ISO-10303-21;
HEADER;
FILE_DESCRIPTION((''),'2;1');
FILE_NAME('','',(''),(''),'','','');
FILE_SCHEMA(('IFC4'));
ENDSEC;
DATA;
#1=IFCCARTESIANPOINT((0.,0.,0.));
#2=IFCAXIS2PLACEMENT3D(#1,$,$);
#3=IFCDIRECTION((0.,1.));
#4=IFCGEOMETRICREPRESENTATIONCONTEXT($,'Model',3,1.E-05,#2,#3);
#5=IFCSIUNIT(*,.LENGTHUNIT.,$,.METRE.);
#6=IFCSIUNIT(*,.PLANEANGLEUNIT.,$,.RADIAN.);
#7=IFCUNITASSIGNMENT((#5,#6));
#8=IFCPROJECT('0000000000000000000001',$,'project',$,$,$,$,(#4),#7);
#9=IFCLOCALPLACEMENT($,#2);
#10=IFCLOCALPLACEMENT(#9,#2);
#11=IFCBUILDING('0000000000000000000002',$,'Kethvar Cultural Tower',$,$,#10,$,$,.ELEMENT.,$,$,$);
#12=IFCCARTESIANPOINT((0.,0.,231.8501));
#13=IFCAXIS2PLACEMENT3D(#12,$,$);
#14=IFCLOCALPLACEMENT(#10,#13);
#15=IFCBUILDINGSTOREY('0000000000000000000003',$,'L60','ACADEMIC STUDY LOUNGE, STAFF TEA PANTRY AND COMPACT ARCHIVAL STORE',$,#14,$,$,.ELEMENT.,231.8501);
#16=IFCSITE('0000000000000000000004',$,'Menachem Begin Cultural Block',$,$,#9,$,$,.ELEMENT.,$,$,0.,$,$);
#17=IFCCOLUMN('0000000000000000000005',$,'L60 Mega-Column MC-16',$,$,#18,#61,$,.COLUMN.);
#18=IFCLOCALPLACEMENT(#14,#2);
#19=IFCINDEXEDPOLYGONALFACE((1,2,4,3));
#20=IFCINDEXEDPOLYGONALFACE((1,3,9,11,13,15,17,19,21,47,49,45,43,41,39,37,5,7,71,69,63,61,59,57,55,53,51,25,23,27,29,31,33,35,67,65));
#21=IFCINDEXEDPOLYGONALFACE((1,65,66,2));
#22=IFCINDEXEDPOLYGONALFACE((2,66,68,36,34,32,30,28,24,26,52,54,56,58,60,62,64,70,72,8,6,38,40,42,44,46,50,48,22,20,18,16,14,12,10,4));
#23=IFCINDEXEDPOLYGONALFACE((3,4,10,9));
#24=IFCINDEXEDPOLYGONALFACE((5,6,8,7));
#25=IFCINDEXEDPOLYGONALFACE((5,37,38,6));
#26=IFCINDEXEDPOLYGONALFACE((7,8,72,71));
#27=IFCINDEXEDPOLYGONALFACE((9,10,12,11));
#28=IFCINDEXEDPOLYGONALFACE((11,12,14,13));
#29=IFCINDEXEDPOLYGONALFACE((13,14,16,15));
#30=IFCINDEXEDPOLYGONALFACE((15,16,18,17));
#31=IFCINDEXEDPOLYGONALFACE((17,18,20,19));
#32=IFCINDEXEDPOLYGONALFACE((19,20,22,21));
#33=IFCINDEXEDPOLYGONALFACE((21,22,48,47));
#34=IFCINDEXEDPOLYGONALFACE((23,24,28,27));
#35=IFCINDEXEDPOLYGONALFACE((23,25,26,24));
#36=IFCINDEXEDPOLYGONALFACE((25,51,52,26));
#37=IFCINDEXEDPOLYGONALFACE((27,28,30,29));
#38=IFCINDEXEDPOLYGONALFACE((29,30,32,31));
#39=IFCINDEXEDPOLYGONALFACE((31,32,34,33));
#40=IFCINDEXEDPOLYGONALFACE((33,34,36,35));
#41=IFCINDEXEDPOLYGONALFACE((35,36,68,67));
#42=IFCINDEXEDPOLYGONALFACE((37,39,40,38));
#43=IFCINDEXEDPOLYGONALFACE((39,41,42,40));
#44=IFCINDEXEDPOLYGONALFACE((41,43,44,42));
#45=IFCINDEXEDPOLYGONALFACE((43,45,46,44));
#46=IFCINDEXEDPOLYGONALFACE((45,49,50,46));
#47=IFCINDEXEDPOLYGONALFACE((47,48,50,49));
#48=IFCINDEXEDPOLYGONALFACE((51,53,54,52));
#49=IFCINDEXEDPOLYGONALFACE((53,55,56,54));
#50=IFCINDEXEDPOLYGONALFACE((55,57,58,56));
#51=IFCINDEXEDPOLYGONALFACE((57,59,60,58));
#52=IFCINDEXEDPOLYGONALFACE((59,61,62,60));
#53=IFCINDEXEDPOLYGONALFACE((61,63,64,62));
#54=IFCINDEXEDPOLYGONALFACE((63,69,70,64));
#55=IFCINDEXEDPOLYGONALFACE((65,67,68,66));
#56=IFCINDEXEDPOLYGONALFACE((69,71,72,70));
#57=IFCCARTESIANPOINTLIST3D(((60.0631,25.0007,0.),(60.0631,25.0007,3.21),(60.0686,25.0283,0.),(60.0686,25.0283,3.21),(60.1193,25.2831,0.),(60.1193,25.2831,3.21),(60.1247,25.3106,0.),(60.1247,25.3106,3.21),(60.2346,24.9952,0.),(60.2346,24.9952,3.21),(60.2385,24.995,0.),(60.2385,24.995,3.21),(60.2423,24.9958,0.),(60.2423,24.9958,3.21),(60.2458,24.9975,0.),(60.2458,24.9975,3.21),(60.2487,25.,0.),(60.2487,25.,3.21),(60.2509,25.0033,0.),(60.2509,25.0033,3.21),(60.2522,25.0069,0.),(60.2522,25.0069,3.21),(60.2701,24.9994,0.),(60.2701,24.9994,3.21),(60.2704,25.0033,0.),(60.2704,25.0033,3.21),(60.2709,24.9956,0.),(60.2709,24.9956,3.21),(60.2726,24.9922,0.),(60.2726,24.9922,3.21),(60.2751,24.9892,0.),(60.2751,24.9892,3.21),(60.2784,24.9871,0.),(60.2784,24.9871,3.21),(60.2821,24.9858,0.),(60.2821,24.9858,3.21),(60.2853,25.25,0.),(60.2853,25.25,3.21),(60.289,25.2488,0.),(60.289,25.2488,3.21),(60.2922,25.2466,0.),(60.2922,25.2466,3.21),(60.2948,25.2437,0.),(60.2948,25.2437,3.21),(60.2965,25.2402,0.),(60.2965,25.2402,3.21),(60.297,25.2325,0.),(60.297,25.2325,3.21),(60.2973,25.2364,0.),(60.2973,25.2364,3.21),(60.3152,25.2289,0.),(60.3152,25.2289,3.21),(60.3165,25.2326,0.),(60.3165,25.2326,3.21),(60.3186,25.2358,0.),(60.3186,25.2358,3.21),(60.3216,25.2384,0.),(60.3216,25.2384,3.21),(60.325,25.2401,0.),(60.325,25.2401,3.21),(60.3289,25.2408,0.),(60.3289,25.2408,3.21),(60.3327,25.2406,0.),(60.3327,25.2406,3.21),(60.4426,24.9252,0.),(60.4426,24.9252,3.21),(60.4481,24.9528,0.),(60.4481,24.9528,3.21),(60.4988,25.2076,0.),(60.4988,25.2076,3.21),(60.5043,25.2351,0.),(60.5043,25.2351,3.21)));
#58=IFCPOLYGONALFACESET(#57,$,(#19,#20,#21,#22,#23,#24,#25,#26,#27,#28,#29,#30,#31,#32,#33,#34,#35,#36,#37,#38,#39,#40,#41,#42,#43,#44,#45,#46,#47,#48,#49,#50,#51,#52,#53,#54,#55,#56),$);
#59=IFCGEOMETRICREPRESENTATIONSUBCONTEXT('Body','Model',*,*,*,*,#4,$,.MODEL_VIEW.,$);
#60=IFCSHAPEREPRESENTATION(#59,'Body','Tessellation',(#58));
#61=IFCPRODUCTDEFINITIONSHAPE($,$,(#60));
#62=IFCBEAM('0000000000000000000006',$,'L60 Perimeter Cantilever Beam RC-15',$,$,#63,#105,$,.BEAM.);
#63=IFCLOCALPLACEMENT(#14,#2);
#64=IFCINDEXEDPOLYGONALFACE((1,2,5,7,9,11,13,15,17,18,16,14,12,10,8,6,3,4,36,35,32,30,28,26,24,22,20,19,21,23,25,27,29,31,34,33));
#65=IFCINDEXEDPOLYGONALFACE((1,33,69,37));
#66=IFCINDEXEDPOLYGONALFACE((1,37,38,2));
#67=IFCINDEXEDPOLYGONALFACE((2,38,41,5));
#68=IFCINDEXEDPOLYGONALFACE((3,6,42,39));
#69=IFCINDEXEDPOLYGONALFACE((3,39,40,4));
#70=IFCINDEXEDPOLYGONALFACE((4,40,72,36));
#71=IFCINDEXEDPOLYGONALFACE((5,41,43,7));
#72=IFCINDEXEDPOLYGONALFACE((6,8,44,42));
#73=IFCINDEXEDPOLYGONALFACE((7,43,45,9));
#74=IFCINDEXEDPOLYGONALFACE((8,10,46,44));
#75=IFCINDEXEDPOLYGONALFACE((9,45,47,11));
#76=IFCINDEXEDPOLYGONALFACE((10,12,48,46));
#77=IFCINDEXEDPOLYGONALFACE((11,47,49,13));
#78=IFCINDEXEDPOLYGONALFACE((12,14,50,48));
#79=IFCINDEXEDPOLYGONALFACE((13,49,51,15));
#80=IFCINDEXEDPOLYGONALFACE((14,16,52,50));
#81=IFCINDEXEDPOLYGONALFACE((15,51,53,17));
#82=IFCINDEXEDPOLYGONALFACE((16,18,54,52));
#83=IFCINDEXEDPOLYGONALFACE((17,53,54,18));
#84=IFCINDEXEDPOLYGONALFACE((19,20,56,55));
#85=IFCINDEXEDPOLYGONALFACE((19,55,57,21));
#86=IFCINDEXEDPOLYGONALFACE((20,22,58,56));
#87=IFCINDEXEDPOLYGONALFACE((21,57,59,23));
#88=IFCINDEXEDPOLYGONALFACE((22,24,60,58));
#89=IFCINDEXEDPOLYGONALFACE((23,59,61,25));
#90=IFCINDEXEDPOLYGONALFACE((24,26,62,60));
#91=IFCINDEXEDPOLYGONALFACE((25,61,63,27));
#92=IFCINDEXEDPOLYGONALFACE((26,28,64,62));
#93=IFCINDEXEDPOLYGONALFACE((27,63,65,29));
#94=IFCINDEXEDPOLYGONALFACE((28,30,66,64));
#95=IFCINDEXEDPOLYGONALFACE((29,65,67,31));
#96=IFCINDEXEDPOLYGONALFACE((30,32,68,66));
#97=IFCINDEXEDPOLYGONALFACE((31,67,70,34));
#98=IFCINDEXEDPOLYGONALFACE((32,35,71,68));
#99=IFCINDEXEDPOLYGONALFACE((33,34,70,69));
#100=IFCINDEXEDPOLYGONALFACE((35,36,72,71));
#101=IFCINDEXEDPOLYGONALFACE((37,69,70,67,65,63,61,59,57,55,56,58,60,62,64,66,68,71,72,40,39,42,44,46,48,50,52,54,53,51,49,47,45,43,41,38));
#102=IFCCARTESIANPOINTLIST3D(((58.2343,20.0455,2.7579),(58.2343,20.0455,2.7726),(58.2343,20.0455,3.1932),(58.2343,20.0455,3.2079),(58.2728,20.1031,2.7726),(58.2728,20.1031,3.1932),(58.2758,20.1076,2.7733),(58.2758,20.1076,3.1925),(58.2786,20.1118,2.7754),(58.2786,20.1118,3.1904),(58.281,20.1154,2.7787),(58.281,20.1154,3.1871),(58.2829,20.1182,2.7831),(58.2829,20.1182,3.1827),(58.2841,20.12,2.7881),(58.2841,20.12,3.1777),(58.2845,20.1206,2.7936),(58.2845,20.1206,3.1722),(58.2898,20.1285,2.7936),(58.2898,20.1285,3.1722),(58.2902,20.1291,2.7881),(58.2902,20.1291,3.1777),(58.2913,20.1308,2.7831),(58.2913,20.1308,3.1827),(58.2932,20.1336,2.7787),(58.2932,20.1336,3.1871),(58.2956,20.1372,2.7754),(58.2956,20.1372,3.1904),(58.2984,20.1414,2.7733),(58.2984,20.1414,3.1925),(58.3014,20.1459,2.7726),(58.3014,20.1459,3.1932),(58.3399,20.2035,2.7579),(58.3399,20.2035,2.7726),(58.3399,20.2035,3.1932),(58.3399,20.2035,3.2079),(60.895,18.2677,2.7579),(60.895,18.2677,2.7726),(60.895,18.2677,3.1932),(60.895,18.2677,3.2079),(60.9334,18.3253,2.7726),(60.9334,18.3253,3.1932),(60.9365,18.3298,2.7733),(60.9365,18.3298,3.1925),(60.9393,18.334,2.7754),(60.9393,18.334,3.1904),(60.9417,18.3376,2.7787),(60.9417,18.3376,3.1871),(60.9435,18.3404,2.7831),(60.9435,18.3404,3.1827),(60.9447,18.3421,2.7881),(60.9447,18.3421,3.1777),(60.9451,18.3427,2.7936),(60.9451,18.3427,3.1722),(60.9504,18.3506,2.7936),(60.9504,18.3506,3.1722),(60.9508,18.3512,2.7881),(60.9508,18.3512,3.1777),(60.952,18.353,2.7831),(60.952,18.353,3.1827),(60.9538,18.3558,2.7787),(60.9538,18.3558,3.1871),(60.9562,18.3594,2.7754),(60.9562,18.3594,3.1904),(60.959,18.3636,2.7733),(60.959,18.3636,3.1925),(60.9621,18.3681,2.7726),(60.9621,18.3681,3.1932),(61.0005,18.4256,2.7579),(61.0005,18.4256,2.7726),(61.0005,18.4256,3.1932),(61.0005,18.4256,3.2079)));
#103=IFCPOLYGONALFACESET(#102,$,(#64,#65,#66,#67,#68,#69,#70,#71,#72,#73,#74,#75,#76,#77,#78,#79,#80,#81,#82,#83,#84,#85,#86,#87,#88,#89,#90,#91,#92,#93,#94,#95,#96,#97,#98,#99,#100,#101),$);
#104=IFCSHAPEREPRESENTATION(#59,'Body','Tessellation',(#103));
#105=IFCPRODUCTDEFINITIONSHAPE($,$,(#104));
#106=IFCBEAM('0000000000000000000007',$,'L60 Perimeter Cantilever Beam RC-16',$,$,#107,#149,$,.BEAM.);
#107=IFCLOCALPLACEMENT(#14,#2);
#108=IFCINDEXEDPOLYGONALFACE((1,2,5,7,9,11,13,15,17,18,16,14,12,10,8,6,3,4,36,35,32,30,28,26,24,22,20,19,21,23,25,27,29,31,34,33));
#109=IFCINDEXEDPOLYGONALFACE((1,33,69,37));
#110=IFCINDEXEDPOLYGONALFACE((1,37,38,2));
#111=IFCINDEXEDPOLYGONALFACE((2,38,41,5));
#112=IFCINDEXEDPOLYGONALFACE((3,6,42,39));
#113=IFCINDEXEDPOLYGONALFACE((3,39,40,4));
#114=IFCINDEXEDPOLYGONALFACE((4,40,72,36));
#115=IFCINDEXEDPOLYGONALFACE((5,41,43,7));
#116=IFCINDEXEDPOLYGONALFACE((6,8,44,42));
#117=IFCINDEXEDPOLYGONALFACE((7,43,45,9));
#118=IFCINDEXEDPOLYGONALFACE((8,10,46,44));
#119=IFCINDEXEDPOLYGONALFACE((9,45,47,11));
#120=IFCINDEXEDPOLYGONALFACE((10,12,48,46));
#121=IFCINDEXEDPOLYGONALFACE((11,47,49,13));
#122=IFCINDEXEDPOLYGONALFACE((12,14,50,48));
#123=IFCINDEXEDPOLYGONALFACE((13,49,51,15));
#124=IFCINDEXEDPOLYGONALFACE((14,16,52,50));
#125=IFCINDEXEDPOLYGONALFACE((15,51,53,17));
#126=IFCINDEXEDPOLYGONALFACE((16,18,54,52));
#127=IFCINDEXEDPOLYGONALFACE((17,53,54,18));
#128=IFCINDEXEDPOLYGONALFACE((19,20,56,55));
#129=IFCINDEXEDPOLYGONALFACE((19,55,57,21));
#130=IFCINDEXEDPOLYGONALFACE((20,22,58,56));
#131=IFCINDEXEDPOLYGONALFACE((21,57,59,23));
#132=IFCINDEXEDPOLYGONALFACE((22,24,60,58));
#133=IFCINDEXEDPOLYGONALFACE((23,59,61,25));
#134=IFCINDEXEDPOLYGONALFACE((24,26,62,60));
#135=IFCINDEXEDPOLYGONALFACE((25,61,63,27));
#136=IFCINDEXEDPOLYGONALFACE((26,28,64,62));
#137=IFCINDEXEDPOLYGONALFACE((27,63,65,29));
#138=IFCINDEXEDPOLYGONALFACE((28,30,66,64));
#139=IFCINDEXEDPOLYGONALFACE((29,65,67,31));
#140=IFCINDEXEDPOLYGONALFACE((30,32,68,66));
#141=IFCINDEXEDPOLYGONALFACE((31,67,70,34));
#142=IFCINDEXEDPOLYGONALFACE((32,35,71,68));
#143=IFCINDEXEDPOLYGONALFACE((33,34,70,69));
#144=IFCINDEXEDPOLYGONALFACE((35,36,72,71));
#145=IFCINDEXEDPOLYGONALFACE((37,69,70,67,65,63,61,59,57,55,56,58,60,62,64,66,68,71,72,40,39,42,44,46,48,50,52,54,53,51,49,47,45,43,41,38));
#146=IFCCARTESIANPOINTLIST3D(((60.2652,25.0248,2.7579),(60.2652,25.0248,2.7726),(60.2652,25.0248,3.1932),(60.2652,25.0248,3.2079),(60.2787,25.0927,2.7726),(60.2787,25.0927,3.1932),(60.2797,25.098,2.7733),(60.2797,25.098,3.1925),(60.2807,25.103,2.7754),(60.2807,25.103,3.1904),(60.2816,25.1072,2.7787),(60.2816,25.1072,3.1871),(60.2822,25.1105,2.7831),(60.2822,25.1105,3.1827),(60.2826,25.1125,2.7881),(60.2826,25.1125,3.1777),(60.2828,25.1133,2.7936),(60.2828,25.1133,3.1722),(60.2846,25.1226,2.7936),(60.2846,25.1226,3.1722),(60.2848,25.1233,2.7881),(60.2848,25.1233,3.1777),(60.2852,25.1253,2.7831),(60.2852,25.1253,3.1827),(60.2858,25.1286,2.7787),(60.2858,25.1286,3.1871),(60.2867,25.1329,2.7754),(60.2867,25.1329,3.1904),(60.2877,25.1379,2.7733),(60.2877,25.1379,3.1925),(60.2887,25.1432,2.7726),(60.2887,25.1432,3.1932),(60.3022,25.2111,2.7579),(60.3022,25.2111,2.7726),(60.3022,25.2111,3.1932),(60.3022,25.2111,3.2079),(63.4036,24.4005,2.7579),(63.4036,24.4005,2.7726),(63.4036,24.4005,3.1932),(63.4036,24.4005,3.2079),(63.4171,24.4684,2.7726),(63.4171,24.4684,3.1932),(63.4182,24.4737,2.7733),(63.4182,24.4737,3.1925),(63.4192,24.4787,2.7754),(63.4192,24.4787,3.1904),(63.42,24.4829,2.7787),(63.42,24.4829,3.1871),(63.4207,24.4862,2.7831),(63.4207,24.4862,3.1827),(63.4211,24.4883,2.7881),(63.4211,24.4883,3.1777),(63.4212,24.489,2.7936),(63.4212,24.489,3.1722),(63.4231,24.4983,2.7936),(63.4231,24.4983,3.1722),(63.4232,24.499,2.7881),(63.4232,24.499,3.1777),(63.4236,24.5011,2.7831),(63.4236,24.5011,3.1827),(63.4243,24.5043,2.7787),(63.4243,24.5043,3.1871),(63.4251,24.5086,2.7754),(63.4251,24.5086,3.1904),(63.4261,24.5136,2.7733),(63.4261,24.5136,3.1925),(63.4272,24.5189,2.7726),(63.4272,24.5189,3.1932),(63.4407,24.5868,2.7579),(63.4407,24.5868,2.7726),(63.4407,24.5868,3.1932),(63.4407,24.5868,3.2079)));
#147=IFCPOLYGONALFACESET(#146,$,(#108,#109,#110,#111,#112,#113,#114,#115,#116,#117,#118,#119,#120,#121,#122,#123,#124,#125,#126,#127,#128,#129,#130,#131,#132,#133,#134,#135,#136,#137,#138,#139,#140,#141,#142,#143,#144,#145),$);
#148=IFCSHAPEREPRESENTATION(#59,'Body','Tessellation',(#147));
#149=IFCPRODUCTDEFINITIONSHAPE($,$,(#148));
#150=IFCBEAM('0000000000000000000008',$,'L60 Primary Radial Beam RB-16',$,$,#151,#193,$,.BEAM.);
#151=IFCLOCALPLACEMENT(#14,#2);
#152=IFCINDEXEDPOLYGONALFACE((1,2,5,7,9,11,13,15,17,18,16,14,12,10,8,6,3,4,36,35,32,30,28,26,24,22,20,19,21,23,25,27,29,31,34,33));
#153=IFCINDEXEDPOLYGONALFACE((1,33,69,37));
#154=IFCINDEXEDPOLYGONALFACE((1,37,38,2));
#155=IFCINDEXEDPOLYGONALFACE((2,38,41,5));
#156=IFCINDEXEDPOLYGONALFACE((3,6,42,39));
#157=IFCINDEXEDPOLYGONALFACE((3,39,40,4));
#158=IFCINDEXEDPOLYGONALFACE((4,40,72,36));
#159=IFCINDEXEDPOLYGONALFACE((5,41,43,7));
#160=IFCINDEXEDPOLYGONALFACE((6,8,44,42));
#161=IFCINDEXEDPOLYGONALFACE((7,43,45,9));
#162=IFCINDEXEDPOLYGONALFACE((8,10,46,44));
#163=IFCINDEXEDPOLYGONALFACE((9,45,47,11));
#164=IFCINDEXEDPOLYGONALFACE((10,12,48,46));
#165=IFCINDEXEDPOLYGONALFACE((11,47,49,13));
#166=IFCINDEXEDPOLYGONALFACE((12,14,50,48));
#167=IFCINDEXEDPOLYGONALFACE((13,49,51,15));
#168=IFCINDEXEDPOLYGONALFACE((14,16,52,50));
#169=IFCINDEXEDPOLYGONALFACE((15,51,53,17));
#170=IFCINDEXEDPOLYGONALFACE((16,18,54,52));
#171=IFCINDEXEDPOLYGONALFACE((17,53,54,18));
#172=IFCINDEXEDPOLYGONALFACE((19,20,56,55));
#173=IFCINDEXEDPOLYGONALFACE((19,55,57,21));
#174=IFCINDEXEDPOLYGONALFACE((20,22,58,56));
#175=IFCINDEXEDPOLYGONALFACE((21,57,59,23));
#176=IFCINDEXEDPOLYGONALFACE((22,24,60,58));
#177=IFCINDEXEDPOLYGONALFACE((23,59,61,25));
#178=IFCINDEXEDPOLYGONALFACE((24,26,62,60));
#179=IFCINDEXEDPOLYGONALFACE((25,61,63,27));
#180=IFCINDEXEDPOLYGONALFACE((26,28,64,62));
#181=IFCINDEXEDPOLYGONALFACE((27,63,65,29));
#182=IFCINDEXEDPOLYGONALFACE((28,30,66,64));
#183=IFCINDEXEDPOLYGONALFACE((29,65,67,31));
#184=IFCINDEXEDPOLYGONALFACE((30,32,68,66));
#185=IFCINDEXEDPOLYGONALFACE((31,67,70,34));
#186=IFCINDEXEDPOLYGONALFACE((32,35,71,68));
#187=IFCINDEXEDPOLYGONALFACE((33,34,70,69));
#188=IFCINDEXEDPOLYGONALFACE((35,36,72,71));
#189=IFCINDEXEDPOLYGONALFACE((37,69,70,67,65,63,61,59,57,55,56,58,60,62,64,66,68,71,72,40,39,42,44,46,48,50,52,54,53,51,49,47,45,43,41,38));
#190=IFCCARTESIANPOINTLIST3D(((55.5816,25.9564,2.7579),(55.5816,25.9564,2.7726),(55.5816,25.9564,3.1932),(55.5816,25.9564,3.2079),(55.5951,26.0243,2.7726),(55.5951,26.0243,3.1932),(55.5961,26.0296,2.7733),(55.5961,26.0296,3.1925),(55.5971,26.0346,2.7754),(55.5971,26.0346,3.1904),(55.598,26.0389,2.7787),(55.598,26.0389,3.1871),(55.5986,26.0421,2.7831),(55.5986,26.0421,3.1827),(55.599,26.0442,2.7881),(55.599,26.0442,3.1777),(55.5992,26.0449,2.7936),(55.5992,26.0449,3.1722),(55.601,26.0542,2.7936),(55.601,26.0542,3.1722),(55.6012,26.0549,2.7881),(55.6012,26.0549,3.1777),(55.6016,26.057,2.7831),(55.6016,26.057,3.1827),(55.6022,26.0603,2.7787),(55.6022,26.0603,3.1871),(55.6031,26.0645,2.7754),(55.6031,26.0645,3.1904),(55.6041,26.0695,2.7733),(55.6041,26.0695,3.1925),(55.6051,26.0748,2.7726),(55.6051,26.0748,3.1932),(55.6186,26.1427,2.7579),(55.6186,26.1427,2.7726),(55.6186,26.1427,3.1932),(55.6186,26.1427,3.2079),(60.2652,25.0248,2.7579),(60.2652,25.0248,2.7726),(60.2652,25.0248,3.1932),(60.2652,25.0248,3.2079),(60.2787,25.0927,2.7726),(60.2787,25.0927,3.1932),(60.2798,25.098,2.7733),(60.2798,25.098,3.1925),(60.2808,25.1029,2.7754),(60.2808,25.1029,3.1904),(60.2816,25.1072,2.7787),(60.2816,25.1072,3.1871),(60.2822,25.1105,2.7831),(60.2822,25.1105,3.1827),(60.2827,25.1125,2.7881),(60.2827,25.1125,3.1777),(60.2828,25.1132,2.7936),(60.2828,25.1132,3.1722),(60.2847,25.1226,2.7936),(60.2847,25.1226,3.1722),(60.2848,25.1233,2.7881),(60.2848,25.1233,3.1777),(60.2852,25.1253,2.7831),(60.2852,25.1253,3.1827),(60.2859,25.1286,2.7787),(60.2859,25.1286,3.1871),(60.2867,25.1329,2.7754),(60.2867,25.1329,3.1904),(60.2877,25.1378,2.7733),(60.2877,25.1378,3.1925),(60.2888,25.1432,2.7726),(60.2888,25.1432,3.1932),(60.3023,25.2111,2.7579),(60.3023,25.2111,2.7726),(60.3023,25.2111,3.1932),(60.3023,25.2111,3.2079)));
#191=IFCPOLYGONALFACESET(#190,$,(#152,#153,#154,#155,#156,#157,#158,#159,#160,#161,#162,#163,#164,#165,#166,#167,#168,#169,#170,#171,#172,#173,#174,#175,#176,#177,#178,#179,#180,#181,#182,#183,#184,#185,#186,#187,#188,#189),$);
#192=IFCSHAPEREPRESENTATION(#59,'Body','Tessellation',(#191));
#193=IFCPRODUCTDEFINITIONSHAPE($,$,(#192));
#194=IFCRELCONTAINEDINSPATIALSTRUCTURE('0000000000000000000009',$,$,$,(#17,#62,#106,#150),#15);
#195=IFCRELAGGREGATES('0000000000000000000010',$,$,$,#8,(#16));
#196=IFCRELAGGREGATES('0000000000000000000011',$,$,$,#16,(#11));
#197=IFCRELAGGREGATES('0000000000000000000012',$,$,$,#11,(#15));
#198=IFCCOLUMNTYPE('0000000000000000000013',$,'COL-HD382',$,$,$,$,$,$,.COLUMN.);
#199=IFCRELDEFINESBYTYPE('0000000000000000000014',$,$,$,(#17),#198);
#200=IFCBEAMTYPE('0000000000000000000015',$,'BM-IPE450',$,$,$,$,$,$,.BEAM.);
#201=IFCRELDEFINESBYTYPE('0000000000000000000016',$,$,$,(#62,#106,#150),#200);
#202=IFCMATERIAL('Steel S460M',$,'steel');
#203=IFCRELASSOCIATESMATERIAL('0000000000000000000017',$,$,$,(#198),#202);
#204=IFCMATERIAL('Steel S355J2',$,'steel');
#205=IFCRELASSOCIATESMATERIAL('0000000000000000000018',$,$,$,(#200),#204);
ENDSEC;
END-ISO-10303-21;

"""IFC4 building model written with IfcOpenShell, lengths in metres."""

from ifc_helpers import new_model, si_unit, direction, frame, origin, origin_2d, place, context, subcontext, project, spatial, i_section, extrude, source, transform, mapped, material, material_profile, profile_set, type_object, element, save


model = new_model("IFC4")

# Units and contexts
model_context = context("Model", 3, precision=1e-05, world=origin(), true_north=direction((0.0, 1.0)))
body_context = subcontext(model_context, "Body", "Model", "MODEL_VIEW")
ifc_project = project(units=[si_unit("LENGTHUNIT", "METRE"), si_unit("PLANEANGLEUNIT", "RADIAN")], contexts=[model_context])

# Site, building, storey
site_placement = place(None, origin())
site = spatial("IfcSite", under=ifc_project, at=site_placement, Name="Menachem Begin Cultural Block", CompositionType="ELEMENT", RefElevation=0.0)
building_placement = place(site_placement, origin())
building = spatial("IfcBuilding", under=site, at=building_placement, Name="Kethvar Cultural Tower", CompositionType="ELEMENT")
storey_placement = place(building_placement, frame((0.0, 0.0, 231.8501)))
storey = spatial("IfcBuildingStorey", under=building, at=storey_placement, Name="L60", Description="ACADEMIC STUDY LOUNGE, STAFF TEA PANTRY AND COMPACT ARCHIVAL STORE", CompositionType="ELEMENT", Elevation=231.8501)

# Column
ifc_material_1 = material(Name="Steel S460M", Category="steel")
ifc_material_profile_1 = material_profile(ifc_material_1, i_section(OverallWidth=0.387, OverallDepth=0.3159, WebThickness=0.0186, FlangeThickness=0.0281, FilletRadius=0.0149, at=origin_2d()), Name="Steel S460M — HD400x382")
ifc_profile_set_1 = profile_set([ifc_material_profile_1], Name="Steel S460M — HD400x382")
column_type = type_object("IfcColumnType", Name="COL-HD382", PredefinedType="COLUMN", material=ifc_profile_set_1)
shared_shape_1 = source(origin(), body_context, "Body", "SweptSolid", [
    extrude(i_section(OverallWidth=0.387, OverallDepth=0.3159, WebThickness=0.0186, FlangeThickness=0.0281, FilletRadius=0.0149, at=origin_2d()), origin(), (0.0, 0.0, 1.0), 3.21),
])
column_placement = place(storey_placement, frame((60.2837, 25.1179, 0.0), z_axis=(0.0, 0.0, 1.0), x_axis=(0.980785, -0.19509, 0.0)))
element("IfcColumn", 1, at=column_placement, inside=storey, type_object=column_type, Name="L60 Mega-Column MC-16", PredefinedType="COLUMN", context=body_context, shape_type="MappedRepresentation", body=[
    mapped(shared_shape_1, transform((0.0, 0.0, 0.0), scale=1.0)),
])

# Beams
ifc_material_2 = material(Name="Steel S355J2", Category="steel")
ifc_material_profile_2 = material_profile(ifc_material_2, i_section(OverallWidth=0.1899, OverallDepth=0.45, WebThickness=0.0095, FlangeThickness=0.0146, FilletRadius=0.021, at=origin_2d()), Name="Steel S355J2 — IPE450")
ifc_profile_set_2 = profile_set([ifc_material_profile_2], Name="Steel S355J2 — IPE450")
beam_type_1 = type_object("IfcBeamType", Name="BM-IPE450", PredefinedType="BEAM", material=ifc_profile_set_2)
shared_shape_2 = source(origin(), body_context, "Body", "SweptSolid", [
    extrude(i_section(OverallWidth=0.1899, OverallDepth=0.45, WebThickness=0.0095, FlangeThickness=0.0146, FilletRadius=0.021, at=origin_2d()), origin(), (0.0, 0.0, 1.0), 3.2),
])
for number, where, z_axis, x_axis, name in (
    (2, (58.2871, 20.1245, 2.9829), (0.831463, -0.55558, 0.0), (0.55558, 0.831463, 0.0), "L60 Perimeter Cantilever Beam RC-15"),
    (3, (60.2837, 25.1179, 2.9829), (0.980786, -0.195089, 0.0), (0.195089, 0.980786, 0.0), "L60 Perimeter Cantilever Beam RC-16"),
):
    element("IfcBeam", number, at=place(storey_placement, frame(where, z_axis=z_axis, x_axis=x_axis)), inside=storey, type_object=beam_type_1, Name=name, PredefinedType="BEAM", context=body_context, shape_type="MappedRepresentation", body=[
        mapped(shared_shape_2, transform((0.0, 0.0, 0.0), scale=1.0)),
    ])
shared_shape_3 = source(origin(), body_context, "Body", "SweptSolid", [
    extrude(i_section(OverallWidth=0.1899, OverallDepth=0.45, WebThickness=0.0095, FlangeThickness=0.0146, FilletRadius=0.021, at=origin_2d()), origin(), (0.0, 0.0, 1.0), 4.7754),
])
beam_1_placement = place(storey_placement, frame((55.6001, 26.0496, 2.9829), z_axis=(0.980785, -0.195094, 0.0), x_axis=(0.195094, 0.980785, 0.0)))
element("IfcBeam", 4, at=beam_1_placement, inside=storey, type_object=beam_type_1, Name="L60 Primary Radial Beam RB-16", PredefinedType="BEAM", context=body_context, shape_type="MappedRepresentation", body=[
    mapped(shared_shape_3, transform((0.0, 0.0, 0.0), scale=1.0)),
])

save(model, "model.ifc")
